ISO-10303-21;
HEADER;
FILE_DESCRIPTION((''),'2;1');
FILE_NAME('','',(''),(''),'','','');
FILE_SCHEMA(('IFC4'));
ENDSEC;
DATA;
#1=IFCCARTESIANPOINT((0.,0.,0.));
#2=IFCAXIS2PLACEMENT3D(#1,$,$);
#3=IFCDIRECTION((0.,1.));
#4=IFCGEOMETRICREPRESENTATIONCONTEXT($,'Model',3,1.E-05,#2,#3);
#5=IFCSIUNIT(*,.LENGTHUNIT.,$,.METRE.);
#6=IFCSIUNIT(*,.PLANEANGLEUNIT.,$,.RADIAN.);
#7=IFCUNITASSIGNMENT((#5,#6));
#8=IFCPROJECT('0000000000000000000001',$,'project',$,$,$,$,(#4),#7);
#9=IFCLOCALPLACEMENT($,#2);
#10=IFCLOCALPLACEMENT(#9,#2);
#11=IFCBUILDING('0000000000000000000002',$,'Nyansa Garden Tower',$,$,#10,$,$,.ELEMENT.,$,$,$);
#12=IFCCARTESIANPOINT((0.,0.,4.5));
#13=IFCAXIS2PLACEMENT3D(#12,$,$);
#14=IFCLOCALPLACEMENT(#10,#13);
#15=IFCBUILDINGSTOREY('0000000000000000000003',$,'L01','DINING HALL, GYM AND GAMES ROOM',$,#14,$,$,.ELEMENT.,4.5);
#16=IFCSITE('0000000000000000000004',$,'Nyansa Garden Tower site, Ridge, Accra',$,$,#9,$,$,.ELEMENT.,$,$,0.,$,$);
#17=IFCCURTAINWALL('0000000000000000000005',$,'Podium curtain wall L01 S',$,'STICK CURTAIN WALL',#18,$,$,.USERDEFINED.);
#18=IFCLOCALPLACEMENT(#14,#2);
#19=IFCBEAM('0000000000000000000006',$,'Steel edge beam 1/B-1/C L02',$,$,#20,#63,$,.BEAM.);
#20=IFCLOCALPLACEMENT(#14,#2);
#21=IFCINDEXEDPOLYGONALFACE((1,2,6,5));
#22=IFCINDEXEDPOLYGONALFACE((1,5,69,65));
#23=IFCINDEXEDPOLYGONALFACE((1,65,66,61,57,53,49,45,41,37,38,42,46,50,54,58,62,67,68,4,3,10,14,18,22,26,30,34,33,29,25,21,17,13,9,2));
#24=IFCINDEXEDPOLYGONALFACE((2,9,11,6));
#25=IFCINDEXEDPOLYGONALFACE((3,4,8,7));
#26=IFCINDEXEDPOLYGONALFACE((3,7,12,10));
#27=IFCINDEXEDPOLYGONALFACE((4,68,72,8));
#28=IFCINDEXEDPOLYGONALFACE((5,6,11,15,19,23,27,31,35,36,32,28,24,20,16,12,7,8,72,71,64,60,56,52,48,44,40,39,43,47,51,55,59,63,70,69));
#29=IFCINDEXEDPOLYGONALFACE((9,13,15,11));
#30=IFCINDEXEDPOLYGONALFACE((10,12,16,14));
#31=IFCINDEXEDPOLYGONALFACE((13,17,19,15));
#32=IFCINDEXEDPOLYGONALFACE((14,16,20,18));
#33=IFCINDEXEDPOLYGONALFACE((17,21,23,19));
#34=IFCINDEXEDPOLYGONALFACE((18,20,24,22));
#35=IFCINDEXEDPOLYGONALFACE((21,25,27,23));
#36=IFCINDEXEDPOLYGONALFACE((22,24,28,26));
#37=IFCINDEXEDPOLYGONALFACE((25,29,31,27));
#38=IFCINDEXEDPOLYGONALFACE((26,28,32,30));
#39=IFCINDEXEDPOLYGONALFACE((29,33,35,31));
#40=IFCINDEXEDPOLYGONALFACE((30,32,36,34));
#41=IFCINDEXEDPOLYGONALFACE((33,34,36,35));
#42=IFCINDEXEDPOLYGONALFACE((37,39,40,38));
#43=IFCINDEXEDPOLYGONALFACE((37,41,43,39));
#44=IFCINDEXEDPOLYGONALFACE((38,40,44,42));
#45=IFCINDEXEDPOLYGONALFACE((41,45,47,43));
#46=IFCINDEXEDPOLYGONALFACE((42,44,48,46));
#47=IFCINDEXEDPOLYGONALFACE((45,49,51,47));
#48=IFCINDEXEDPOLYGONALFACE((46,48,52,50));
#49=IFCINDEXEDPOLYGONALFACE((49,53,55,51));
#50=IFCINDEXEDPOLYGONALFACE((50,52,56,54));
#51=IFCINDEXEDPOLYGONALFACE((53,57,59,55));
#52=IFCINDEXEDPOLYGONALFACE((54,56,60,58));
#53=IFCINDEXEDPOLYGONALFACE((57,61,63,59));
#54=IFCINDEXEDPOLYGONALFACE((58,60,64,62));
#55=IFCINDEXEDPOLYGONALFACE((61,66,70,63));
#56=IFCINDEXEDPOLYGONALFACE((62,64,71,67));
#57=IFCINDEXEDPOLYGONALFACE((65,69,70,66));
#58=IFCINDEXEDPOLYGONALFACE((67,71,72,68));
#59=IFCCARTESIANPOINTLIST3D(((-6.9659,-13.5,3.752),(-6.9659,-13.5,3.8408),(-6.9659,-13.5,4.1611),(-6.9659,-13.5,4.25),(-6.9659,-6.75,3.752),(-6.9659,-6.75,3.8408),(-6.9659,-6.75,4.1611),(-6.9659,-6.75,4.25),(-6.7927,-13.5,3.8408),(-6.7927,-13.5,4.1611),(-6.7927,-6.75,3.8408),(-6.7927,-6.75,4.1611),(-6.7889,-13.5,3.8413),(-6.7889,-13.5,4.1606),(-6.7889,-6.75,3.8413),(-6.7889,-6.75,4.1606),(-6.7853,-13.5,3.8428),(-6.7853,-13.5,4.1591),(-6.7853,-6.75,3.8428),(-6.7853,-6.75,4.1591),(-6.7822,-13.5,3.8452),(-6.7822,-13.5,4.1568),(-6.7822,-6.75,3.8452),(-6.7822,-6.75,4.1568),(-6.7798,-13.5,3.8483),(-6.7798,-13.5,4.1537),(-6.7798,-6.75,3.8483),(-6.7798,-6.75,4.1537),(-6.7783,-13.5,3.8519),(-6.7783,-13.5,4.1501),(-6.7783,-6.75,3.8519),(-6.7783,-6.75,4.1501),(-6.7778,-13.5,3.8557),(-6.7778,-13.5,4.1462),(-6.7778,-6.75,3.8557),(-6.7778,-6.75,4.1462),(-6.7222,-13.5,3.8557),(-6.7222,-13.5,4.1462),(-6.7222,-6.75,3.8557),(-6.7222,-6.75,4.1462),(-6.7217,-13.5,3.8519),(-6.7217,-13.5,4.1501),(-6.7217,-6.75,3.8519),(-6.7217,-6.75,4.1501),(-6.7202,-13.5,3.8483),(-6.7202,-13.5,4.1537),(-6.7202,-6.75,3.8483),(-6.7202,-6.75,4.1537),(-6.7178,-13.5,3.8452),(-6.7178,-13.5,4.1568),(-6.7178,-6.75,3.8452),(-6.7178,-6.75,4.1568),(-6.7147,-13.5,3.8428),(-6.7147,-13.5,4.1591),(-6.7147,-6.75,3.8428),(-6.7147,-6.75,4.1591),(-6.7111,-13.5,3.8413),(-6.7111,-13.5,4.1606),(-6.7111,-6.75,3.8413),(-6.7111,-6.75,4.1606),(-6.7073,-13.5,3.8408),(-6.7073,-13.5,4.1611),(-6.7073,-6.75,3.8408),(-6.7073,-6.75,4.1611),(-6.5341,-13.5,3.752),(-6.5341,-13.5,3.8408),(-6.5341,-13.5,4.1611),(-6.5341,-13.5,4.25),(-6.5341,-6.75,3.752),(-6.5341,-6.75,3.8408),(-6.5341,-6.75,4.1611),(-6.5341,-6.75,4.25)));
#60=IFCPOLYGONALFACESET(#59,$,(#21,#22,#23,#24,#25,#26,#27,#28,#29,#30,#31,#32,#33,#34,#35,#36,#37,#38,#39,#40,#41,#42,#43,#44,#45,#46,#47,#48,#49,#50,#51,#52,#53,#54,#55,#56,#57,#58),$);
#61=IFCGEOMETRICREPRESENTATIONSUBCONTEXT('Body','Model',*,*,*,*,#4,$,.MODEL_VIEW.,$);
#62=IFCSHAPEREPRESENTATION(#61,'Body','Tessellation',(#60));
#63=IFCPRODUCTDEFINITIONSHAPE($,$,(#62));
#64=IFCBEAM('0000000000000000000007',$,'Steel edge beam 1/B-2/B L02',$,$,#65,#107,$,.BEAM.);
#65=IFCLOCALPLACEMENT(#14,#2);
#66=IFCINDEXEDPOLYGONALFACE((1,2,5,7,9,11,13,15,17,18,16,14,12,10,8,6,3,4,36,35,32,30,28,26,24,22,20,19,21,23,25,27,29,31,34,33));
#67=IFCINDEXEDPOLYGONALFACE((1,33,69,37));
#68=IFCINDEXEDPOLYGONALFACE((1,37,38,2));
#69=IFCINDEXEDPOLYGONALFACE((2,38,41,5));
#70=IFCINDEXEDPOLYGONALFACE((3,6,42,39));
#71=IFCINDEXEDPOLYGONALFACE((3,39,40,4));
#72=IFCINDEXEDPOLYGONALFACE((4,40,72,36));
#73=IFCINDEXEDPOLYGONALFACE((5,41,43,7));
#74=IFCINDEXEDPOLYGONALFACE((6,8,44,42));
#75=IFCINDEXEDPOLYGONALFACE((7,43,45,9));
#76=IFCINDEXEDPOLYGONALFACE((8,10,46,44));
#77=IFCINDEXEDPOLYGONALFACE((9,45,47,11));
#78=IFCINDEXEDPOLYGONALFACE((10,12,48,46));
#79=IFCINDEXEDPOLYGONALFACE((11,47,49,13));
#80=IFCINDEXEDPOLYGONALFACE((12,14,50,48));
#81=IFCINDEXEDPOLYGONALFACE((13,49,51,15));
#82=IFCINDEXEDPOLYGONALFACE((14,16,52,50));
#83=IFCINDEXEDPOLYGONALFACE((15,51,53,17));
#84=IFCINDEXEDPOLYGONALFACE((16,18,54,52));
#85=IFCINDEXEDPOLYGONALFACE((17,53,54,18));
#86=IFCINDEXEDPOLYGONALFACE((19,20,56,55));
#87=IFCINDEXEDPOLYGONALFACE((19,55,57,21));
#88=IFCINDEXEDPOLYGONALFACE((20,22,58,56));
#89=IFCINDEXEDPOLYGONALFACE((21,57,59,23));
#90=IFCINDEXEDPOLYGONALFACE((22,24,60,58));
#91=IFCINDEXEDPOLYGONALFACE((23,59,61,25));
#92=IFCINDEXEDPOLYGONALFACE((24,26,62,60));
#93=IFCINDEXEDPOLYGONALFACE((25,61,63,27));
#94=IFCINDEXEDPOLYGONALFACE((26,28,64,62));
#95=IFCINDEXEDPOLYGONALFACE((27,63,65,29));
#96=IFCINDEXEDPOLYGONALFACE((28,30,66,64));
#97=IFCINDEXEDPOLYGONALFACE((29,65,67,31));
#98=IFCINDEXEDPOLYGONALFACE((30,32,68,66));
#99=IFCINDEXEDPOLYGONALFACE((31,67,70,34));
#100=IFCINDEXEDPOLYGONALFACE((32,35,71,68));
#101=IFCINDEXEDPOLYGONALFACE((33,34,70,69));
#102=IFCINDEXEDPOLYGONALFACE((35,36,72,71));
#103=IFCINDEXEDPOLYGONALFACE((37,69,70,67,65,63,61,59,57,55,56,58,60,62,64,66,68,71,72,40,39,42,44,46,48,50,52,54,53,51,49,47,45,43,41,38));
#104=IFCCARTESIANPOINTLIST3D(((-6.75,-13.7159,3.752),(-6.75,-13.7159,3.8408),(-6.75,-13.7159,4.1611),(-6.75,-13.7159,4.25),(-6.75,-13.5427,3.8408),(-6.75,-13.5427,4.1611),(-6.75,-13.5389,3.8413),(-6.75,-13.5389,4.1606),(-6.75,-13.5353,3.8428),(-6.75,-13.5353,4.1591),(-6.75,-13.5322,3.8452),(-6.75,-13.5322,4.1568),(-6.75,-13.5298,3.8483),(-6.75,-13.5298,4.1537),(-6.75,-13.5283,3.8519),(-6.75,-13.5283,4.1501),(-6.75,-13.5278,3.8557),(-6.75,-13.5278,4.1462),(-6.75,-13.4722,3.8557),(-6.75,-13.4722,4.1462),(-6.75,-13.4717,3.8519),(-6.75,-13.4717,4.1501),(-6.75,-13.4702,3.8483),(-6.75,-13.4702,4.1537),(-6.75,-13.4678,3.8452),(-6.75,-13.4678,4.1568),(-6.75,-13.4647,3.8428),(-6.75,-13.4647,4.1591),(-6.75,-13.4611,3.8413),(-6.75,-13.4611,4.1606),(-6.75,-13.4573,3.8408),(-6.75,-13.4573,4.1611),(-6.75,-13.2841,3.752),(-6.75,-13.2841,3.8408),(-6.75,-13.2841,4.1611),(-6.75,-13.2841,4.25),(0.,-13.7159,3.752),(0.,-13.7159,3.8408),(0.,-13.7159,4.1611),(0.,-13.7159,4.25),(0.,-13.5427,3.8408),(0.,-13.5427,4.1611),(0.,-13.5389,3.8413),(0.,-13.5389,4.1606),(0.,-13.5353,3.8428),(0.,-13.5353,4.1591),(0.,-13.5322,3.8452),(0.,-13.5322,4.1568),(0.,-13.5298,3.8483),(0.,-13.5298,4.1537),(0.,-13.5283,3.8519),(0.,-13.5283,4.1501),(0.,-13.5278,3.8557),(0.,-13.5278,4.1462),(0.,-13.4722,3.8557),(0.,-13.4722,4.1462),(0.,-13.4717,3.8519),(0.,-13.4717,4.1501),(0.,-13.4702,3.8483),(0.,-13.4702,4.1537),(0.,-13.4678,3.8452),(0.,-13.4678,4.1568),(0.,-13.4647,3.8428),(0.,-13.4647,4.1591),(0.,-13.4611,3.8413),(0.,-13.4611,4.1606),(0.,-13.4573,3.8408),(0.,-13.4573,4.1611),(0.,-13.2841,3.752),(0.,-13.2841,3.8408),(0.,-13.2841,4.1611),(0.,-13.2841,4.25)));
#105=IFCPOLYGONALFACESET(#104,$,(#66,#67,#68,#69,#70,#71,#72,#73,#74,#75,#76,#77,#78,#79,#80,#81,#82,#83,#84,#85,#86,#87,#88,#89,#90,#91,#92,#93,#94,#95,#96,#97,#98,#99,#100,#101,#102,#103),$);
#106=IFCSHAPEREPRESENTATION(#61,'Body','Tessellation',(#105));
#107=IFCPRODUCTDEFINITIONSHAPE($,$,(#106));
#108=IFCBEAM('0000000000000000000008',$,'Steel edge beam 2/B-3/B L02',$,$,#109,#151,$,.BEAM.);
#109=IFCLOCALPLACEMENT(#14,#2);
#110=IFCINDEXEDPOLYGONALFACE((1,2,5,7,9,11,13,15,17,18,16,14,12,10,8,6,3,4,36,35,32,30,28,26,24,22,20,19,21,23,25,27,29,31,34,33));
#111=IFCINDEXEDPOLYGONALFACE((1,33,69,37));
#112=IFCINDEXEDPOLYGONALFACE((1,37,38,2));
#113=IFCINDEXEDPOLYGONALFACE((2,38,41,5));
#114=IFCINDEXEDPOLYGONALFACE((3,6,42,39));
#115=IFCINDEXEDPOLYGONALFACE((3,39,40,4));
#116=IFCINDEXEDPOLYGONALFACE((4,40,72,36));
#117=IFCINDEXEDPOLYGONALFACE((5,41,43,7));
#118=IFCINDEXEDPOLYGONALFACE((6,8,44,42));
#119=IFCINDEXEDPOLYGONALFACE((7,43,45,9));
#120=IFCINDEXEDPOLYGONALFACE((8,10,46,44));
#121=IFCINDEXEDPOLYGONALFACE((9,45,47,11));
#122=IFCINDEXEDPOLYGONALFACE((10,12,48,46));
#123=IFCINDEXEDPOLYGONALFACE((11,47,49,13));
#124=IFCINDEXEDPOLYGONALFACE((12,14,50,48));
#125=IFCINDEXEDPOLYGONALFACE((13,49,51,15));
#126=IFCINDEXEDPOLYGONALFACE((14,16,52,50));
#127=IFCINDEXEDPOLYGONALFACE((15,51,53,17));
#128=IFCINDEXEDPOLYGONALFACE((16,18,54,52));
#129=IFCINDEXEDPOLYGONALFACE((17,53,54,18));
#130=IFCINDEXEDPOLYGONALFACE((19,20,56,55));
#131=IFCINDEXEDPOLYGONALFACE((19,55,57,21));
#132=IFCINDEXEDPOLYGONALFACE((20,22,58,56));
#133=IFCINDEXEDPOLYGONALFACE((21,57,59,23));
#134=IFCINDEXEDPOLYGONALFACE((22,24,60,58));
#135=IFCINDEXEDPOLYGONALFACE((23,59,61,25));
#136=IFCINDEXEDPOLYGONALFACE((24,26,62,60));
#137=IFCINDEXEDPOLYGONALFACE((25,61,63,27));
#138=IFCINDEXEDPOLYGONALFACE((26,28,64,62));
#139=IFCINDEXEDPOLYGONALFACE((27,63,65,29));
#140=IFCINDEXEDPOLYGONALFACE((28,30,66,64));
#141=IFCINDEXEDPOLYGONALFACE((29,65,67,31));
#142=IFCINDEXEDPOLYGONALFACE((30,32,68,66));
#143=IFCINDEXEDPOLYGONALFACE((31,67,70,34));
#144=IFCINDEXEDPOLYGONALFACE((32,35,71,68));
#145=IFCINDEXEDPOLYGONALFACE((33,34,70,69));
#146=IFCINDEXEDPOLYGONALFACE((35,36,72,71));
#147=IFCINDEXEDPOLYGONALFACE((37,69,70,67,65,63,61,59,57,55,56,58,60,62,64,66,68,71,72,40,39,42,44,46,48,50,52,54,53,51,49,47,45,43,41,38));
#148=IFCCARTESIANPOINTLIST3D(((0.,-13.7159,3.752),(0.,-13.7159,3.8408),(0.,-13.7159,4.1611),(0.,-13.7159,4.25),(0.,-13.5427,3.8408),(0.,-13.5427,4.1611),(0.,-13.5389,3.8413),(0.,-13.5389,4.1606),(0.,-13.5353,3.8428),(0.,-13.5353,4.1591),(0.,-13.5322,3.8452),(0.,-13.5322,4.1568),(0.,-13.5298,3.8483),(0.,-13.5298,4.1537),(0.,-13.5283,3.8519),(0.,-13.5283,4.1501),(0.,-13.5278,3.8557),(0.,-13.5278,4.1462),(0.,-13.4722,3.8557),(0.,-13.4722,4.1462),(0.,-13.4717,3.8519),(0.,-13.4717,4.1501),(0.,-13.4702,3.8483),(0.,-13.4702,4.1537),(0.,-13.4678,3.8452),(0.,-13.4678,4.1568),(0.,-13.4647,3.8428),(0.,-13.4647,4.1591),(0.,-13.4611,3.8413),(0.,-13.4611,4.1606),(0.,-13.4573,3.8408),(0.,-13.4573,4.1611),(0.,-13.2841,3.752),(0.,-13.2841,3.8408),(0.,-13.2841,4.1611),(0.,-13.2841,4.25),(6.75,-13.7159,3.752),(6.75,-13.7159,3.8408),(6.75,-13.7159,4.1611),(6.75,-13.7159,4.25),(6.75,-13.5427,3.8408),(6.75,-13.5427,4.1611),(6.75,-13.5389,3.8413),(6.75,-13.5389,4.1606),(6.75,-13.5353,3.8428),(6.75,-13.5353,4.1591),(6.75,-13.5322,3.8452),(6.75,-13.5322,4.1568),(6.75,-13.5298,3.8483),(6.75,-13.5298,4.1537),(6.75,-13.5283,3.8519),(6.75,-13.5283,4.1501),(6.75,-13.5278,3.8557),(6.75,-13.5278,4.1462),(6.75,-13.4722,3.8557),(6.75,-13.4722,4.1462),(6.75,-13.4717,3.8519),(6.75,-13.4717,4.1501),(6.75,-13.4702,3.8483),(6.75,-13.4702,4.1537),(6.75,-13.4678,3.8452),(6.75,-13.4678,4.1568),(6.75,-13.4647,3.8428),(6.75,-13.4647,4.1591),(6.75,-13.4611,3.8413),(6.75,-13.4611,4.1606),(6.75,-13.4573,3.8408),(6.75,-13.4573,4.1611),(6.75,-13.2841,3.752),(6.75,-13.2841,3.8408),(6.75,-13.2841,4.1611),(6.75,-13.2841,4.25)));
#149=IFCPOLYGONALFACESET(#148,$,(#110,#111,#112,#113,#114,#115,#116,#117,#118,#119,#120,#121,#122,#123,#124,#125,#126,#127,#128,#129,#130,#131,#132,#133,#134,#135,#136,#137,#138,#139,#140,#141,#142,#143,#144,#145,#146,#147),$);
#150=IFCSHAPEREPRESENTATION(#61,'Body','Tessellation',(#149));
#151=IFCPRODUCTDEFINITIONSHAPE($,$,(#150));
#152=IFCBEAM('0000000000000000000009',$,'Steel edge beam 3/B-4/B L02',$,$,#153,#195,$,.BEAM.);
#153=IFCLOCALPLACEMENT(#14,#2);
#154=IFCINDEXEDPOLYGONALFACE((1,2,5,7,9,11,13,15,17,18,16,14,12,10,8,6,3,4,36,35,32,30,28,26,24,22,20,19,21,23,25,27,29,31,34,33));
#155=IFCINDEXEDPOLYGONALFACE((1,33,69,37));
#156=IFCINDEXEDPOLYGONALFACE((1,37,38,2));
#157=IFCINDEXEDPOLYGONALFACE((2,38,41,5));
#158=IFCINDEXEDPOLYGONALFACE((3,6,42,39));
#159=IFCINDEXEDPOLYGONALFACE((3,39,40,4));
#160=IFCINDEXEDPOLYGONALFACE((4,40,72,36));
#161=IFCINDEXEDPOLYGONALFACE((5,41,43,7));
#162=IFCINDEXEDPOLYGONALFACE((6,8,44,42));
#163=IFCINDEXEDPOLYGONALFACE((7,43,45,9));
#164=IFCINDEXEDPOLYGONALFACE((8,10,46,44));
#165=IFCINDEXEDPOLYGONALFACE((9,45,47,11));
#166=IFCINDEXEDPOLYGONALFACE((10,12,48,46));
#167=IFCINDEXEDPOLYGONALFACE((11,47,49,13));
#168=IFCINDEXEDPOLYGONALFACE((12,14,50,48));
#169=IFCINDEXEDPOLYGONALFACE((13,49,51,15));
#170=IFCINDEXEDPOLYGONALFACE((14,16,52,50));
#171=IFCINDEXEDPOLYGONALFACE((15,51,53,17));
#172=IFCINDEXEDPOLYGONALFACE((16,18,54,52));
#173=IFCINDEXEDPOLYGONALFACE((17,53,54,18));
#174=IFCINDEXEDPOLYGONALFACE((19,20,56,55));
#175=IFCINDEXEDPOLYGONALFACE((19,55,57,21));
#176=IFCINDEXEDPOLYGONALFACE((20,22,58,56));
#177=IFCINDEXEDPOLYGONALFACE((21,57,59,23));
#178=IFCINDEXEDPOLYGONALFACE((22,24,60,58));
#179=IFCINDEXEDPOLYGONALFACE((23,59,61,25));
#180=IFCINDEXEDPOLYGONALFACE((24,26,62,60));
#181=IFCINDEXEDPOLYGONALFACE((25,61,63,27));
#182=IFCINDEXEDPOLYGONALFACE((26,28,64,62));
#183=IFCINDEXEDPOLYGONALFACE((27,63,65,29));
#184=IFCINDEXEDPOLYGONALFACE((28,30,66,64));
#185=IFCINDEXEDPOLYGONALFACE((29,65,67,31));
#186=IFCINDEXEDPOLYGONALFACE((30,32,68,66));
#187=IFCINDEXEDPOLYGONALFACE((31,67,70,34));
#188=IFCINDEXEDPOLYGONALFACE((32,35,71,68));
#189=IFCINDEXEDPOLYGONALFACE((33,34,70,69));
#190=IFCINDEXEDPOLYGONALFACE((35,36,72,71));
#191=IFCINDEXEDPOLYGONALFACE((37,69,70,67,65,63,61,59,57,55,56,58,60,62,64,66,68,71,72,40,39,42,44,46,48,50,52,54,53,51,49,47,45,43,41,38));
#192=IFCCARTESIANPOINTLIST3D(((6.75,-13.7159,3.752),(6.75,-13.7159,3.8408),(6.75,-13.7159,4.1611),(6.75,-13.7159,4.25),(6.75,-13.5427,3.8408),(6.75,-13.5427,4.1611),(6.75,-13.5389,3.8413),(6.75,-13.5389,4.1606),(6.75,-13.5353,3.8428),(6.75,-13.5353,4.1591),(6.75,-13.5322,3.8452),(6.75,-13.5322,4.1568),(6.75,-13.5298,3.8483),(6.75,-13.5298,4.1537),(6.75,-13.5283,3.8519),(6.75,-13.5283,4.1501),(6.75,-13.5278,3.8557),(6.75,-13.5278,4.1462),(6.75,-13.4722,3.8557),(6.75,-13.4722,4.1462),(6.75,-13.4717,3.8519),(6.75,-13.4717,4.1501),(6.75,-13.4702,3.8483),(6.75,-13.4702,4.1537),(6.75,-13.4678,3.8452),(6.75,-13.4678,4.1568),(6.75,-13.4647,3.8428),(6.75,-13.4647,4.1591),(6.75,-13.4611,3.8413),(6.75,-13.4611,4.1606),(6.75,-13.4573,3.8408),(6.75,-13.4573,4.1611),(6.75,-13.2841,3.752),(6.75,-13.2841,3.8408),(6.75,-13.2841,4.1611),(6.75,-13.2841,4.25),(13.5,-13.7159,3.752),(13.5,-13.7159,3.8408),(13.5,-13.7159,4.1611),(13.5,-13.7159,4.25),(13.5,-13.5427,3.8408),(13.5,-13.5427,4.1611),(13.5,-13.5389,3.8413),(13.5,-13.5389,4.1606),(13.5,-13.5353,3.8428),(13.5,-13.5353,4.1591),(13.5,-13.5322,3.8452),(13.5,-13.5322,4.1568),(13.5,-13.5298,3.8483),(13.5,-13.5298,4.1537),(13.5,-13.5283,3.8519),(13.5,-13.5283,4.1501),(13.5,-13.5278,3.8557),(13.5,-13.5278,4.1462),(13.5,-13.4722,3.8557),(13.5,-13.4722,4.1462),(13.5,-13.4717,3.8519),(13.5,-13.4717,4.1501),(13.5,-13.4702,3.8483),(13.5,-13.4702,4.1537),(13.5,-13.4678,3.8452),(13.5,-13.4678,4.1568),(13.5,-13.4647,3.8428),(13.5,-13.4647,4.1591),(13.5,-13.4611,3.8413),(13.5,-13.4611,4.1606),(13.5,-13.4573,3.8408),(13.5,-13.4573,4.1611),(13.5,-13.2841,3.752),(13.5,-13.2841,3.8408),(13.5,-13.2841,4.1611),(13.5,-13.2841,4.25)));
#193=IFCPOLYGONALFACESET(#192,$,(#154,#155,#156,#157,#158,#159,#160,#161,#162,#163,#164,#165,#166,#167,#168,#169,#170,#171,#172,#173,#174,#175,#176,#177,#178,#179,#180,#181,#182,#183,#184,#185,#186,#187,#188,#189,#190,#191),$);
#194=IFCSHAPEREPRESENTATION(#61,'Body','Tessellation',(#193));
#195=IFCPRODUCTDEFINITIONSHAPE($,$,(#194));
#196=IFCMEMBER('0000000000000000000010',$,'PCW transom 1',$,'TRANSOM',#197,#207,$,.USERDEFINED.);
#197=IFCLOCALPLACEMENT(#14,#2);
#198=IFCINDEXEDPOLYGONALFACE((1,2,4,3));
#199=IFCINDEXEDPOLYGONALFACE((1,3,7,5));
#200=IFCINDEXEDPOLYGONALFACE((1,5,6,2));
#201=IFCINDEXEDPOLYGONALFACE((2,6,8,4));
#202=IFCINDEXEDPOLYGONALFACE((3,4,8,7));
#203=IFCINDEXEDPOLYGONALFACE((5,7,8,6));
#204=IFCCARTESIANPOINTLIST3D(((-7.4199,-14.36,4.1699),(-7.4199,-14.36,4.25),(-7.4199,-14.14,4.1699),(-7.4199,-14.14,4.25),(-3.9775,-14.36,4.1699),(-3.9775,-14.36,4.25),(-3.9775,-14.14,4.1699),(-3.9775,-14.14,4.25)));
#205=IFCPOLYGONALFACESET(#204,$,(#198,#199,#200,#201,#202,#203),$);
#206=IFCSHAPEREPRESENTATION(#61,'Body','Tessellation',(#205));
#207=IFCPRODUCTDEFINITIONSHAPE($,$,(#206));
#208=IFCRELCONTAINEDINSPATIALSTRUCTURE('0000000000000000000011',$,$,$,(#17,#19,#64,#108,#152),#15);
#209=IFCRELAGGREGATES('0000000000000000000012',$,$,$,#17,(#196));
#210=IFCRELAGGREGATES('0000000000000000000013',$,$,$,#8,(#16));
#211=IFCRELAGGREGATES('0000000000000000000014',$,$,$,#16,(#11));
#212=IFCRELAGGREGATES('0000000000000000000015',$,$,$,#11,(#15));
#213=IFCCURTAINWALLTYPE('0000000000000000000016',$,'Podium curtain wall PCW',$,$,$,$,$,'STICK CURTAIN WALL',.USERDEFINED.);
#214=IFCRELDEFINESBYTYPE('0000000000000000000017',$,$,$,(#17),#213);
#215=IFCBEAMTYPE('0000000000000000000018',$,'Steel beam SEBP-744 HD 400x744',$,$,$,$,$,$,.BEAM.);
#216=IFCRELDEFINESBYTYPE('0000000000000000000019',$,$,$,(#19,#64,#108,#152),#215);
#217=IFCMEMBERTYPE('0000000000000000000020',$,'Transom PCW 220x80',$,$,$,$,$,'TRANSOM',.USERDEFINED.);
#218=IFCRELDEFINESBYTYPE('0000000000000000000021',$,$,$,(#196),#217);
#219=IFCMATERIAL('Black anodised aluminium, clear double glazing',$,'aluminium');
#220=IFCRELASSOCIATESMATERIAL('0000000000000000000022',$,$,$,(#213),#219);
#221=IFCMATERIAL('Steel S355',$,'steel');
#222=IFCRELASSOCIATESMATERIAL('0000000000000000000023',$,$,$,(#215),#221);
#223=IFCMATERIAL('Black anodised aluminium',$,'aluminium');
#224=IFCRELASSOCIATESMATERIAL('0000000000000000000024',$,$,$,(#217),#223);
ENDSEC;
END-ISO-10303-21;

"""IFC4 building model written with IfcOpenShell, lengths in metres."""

from ifc_helpers import new_model, si_unit, direction, frame, origin, origin_2d, place, context, subcontext, project, spatial, rectangle, i_section, extrude, material, material_profile, profile_set, type_object, element, aggregate, save


model = new_model("IFC4")

# Units and contexts
model_context = context("Model", 3, precision=1e-05, world=origin(), true_north=direction((0.0, 1.0)))
body_context = subcontext(model_context, "Body", "Model", "MODEL_VIEW")
ifc_project = project(units=[si_unit("LENGTHUNIT", "METRE"), si_unit("PLANEANGLEUNIT", "RADIAN")], contexts=[model_context])

# Site, building, storey
site_placement = place(None, origin())
site = spatial("IfcSite", under=ifc_project, at=site_placement, Name="Nyansa Garden Tower site, Ridge, Accra", CompositionType="ELEMENT", RefElevation=0.0)
building_placement = place(site_placement, origin())
building = spatial("IfcBuilding", under=site, at=building_placement, Name="Nyansa Garden Tower", CompositionType="ELEMENT")
storey_placement = place(building_placement, frame((0.0, 0.0, 4.5)))
storey = spatial("IfcBuildingStorey", under=building, at=storey_placement, Name="L01", Description="DINING HALL, GYM AND GAMES ROOM", CompositionType="ELEMENT", Elevation=4.5)

# Shared definitions
ifc_material_1 = material(Name="Black anodised aluminium, clear double glazing", Category="aluminium")
curtain_wall_type = type_object("IfcCurtainWallType", Name="Podium curtain wall PCW", ElementType="STICK CURTAIN WALL", PredefinedType="USERDEFINED", material=ifc_material_1)

# Curtain wall
curtain_wall_1_placement = place(storey_placement, origin())
curtain_wall_1 = element("IfcCurtainWall", 1, at=curtain_wall_1_placement, inside=storey, type_object=curtain_wall_type, Name="Podium curtain wall L01 S", ObjectType="STICK CURTAIN WALL", PredefinedType="USERDEFINED")

# Beams
ifc_material_2 = material(Name="Steel S355", Category="steel")
ifc_material_profile_1 = material_profile(ifc_material_2, i_section(OverallWidth=0.4319, OverallDepth=0.498, WebThickness=0.0557, FlangeThickness=0.0889, FilletRadius=0.0149, at=origin_2d()), Name="HD 400x744")
ifc_profile_set_1 = profile_set([ifc_material_profile_1], Name="Steel S355")
beam_type_1 = type_object("IfcBeamType", Name="Steel beam SEBP-744 HD 400x744", PredefinedType="BEAM", material=ifc_profile_set_1)
for number, where, z_axis, x_axis, name in (
    (2, (-6.75, -13.5, 4.001), (0.0, 1.0, 0.0), (-1.0, 0.0, 0.0), "Steel edge beam 1/B-1/C L02"),
    (3, (-6.75, -13.5, 4.001), (1.0, 0.0, 0.0), (0.0, 1.0, 0.0), "Steel edge beam 1/B-2/B L02"),
    (4, (0.0, -13.5, 4.001), (1.0, 0.0, 0.0), (0.0, 1.0, 0.0), "Steel edge beam 2/B-3/B L02"),
    (5, (6.75, -13.5, 4.001), (1.0, 0.0, 0.0), (0.0, 1.0, 0.0), "Steel edge beam 3/B-4/B L02"),
):
    element("IfcBeam", number, at=place(storey_placement, frame(where, z_axis=z_axis, x_axis=x_axis)), inside=storey, type_object=beam_type_1, Name=name, PredefinedType="BEAM", context=body_context, shape_type="SweptSolid", body=[
        extrude(i_section(OverallWidth=0.4319, OverallDepth=0.498, WebThickness=0.0557, FlangeThickness=0.0889, FilletRadius=0.0149, at=origin_2d()), origin(), (0.0, 0.0, 1.0), 6.75),
    ])

# Member
ifc_material_3 = material(Name="Black anodised aluminium", Category="aluminium")
ifc_material_profile_2 = material_profile(ifc_material_3, rectangle(XDim=0.22, YDim=0.0801, at=origin_2d()), Name="Transom 220x80")
ifc_profile_set_2 = profile_set([ifc_material_profile_2], Name="Black anodised aluminium")
member_type_1 = type_object("IfcMemberType", Name="Transom PCW 220x80", ElementType="TRANSOM", PredefinedType="USERDEFINED", material=ifc_profile_set_2)
member_1_placement = place(storey_placement, frame((-7.4199, -14.25, 4.21), z_axis=(1.0, 0.0, 0.0), x_axis=(0.0, 1.0, 0.0)))
member_1 = element("IfcMember", 6, at=member_1_placement, type_object=member_type_1, Name="PCW transom 1", ObjectType="TRANSOM", PredefinedType="USERDEFINED", context=body_context, shape_type="SweptSolid", body=[
    extrude(rectangle(XDim=0.22, YDim=0.0801, at=origin_2d()), origin(), (0.0, 0.0, 1.0), 3.4424),
])

aggregate(curtain_wall_1, [member_1])

save(model, "model.ifc")
